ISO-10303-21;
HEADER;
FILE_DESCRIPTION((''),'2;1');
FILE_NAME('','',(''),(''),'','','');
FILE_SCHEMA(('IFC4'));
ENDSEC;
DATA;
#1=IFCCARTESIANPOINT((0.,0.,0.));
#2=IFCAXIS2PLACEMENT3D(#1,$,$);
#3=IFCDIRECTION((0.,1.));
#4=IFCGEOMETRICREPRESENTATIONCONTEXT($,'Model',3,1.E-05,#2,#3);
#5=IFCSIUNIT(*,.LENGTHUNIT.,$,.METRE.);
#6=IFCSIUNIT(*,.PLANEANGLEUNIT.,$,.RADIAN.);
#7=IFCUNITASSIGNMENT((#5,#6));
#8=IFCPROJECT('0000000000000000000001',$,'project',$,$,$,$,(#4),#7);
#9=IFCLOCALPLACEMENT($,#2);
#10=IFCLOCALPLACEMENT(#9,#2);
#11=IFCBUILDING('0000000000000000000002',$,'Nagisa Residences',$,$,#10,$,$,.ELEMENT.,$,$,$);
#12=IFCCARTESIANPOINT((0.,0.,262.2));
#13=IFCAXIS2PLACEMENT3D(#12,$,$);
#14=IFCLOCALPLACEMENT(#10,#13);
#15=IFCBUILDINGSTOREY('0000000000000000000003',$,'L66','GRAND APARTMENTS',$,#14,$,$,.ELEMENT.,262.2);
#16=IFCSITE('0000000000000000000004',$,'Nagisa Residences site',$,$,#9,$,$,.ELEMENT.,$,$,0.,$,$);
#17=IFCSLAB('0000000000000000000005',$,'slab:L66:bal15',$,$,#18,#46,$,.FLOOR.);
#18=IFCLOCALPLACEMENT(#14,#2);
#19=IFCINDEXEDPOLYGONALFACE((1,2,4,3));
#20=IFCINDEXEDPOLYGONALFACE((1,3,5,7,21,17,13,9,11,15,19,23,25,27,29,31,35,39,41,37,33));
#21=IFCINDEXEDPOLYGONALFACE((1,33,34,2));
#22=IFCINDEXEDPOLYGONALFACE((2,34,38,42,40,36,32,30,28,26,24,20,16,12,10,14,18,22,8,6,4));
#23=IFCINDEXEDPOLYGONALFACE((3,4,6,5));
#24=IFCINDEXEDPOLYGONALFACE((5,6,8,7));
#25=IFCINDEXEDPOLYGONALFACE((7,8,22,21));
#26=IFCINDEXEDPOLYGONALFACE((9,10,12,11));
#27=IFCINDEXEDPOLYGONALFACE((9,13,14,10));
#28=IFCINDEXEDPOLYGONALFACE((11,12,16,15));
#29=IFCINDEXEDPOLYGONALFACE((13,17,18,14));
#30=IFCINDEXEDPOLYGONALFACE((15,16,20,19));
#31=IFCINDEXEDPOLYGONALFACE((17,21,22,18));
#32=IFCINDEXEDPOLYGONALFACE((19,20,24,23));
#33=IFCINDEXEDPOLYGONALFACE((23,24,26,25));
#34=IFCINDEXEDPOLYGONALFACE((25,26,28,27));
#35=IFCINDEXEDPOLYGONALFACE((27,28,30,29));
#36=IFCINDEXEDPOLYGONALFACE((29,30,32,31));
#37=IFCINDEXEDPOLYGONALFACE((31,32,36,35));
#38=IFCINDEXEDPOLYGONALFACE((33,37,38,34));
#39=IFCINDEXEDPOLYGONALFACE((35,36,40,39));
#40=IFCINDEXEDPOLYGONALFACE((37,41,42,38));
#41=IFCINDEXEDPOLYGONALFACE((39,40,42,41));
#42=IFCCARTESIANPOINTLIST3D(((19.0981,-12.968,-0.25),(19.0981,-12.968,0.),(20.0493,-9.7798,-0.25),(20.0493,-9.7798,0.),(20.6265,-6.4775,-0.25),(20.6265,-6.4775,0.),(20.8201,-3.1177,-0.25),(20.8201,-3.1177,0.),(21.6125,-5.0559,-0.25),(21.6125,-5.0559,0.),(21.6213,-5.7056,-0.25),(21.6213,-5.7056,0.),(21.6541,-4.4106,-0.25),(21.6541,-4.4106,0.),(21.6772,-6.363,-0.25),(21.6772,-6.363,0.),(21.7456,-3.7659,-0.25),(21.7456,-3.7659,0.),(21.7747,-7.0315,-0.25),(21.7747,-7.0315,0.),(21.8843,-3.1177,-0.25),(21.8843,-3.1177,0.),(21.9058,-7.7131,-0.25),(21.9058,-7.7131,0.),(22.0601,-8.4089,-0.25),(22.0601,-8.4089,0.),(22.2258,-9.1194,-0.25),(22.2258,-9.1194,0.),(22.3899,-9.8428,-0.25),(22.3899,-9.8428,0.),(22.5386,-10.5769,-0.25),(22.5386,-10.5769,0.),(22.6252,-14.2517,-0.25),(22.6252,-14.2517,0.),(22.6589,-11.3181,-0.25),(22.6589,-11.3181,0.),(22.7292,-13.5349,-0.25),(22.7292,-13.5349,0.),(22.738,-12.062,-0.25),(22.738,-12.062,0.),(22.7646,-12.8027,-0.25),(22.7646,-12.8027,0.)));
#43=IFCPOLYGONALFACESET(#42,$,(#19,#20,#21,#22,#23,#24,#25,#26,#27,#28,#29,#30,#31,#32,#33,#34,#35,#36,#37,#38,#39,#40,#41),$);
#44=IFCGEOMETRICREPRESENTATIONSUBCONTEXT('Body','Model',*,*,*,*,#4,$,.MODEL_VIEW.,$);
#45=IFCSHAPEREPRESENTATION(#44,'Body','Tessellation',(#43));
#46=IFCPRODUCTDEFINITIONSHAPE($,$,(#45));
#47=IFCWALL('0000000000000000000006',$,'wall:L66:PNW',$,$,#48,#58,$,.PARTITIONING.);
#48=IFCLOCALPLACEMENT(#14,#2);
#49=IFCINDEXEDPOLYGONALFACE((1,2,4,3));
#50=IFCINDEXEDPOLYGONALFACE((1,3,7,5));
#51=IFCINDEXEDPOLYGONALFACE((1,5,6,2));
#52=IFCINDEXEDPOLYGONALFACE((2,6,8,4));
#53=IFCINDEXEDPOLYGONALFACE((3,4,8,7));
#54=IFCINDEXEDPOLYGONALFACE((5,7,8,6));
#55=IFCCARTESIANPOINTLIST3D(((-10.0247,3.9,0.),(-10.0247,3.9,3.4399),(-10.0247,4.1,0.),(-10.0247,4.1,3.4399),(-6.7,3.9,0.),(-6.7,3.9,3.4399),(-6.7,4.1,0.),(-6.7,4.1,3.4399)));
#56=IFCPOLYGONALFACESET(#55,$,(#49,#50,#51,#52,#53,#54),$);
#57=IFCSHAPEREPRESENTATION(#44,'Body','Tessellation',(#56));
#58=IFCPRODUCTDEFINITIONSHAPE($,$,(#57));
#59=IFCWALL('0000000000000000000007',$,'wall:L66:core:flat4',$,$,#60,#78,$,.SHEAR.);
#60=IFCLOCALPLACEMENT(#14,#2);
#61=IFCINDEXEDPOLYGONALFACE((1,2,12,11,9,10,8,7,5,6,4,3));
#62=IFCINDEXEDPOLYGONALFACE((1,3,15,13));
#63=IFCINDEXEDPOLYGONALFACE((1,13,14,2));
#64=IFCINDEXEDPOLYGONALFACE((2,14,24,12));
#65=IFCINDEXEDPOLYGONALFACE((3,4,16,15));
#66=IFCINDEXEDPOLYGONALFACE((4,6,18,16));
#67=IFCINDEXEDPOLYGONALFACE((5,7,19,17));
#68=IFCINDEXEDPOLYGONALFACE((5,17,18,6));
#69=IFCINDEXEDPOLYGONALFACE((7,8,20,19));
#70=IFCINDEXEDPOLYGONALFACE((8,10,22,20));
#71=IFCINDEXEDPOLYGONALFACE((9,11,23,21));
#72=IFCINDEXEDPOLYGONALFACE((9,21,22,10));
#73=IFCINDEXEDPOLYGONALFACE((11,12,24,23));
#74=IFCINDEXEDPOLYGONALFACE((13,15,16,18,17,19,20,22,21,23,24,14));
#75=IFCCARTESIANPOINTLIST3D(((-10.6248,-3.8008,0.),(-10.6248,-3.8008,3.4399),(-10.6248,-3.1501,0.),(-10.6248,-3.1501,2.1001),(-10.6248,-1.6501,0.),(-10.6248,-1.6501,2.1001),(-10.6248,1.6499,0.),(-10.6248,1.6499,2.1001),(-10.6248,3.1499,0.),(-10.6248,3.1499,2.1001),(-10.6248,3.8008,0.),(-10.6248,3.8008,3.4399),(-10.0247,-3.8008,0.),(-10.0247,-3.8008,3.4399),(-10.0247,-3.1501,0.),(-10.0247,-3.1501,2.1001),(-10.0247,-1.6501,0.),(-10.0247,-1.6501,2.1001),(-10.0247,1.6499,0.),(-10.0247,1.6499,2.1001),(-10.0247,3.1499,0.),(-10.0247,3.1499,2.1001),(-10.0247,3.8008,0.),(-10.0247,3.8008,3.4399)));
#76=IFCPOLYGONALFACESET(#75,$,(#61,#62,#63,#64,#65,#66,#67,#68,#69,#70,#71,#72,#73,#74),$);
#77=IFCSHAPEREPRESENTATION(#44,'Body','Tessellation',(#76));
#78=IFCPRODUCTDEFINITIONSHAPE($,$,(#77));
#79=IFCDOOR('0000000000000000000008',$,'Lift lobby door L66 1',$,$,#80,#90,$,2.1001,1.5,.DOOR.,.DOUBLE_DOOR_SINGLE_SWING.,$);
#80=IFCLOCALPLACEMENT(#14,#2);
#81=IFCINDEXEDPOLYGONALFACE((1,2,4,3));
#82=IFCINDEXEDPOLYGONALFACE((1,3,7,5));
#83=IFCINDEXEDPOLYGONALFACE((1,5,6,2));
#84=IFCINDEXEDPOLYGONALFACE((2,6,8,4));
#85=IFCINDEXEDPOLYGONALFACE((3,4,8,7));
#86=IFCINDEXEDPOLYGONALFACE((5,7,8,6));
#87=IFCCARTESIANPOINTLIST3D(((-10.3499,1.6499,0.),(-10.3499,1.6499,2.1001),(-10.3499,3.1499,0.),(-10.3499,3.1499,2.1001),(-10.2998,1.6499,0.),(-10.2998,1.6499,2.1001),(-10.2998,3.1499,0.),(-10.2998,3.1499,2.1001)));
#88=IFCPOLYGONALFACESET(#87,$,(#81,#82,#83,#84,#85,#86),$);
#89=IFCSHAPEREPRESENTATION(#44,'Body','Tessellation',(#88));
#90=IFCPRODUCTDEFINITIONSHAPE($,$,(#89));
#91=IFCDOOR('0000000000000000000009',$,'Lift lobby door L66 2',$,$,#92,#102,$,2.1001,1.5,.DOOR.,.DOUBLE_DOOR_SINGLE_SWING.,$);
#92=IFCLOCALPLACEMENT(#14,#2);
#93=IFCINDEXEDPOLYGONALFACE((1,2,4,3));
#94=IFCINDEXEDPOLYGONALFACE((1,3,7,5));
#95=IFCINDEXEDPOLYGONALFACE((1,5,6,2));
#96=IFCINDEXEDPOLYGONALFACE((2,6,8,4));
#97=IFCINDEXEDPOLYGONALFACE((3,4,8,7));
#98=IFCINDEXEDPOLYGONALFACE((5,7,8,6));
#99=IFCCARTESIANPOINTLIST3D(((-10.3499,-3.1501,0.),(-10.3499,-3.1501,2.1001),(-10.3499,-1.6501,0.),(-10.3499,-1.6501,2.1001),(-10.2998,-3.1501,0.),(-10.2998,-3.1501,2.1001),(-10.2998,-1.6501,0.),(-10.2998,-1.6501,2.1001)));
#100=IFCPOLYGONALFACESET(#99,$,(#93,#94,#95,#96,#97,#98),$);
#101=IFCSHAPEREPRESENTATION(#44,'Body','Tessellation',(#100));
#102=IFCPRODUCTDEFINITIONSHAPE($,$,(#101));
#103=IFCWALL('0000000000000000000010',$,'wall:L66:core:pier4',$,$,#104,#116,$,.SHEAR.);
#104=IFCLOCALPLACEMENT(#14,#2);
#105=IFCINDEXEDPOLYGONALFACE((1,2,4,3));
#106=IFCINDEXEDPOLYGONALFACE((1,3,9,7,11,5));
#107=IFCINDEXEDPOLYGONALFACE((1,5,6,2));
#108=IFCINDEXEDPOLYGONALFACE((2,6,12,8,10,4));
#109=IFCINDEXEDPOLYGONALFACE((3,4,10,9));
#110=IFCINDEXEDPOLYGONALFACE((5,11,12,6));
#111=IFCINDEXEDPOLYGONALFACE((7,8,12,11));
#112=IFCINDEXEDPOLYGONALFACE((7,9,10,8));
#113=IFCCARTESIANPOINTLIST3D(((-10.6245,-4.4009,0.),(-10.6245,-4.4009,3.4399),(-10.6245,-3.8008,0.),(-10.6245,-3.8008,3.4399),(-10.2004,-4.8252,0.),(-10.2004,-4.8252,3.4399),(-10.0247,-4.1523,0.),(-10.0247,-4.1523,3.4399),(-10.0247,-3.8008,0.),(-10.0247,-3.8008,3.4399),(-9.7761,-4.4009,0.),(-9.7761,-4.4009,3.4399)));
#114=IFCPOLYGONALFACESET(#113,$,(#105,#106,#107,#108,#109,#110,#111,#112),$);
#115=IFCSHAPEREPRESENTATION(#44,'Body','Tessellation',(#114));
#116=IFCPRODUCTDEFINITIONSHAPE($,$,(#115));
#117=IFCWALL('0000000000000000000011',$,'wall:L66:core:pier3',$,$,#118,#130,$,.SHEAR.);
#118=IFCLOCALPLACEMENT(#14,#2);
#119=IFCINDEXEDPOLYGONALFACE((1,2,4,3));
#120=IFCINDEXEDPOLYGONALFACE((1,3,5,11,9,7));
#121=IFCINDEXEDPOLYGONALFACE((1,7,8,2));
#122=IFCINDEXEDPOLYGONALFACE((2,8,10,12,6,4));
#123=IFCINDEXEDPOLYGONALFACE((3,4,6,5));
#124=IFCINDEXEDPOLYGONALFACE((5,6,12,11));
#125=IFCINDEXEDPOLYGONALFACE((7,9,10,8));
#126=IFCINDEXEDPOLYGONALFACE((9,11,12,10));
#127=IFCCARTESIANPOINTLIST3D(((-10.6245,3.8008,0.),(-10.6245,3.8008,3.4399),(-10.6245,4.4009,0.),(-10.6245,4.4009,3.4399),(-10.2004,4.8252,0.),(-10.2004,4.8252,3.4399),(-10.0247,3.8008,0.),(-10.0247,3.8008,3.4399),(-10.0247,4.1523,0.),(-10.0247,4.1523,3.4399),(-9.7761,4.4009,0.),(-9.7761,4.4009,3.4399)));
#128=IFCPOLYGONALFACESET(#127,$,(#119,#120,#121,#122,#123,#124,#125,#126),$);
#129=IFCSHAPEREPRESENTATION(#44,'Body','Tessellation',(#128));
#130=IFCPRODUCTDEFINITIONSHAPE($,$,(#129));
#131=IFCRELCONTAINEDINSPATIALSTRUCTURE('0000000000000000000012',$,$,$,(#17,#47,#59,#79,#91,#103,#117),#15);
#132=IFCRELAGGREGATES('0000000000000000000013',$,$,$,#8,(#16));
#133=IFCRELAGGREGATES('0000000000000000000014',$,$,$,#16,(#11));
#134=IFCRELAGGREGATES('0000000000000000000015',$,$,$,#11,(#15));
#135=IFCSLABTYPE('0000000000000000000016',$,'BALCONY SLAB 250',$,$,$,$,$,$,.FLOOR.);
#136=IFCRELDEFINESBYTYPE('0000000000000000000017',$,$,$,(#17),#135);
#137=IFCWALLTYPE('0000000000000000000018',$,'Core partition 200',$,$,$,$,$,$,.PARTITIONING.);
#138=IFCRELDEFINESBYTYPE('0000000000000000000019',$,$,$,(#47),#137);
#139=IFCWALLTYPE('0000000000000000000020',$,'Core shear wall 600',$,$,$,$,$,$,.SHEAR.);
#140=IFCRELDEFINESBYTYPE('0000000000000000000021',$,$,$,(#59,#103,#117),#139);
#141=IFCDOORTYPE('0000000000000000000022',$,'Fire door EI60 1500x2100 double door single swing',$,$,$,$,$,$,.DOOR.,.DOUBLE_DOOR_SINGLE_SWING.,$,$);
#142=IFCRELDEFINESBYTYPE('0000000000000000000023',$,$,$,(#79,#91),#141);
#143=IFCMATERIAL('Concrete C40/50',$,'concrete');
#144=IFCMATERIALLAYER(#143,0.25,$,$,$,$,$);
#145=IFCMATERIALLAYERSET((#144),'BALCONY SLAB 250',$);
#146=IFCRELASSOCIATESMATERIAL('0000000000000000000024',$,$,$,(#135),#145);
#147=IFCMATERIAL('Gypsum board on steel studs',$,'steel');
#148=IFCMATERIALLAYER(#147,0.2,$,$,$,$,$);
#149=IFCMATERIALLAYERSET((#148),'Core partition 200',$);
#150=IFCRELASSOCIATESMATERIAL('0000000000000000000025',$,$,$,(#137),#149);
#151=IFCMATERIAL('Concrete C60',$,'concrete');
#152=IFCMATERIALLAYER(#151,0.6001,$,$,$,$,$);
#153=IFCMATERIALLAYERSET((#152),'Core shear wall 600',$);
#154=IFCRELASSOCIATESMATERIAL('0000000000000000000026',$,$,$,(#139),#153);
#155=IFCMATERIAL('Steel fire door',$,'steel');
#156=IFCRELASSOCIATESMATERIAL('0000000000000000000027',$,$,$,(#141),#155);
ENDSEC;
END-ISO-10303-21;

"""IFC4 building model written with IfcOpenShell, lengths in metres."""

from ifc_helpers import new_model, si_unit, direction, frame, frame_2d, origin, place, context, subcontext, project, spatial, polyline, rectangle, outline, extrude, material, layer, layer_set, type_object, element, fill, save


model = new_model("IFC4")

# Units and contexts
model_context = context("Model", 3, precision=1e-05, world=origin(), true_north=direction((0.0, 1.0)))
body_context = subcontext(model_context, "Body", "Model", "MODEL_VIEW")
ifc_project = project(units=[si_unit("LENGTHUNIT", "METRE"), si_unit("PLANEANGLEUNIT", "RADIAN")], contexts=[model_context])

# Site, building, storey
site_placement = place(None, origin())
site = spatial("IfcSite", under=ifc_project, at=site_placement, Name="Nagisa Residences site", CompositionType="ELEMENT", RefElevation=0.0)
building_placement = place(site_placement, origin())
building = spatial("IfcBuilding", under=site, at=building_placement, Name="Nagisa Residences", CompositionType="ELEMENT")
storey_placement = place(building_placement, frame((0.0, 0.0, 262.2)))
storey = spatial("IfcBuildingStorey", under=building, at=storey_placement, Name="L66", Description="GRAND APARTMENTS", CompositionType="ELEMENT", Elevation=262.2)

# Slab
ifc_material_1 = material(Name="Concrete C40/50", Category="concrete")
ifc_layer_1 = layer(ifc_material_1, 0.25)
ifc_layer_set_1 = layer_set([ifc_layer_1], Name="BALCONY SLAB 250")
slab_type = type_object("IfcSlabType", Name="BALCONY SLAB 250", PredefinedType="FLOOR", material=ifc_layer_set_1)
slab_1_placement = place(storey_placement, frame((0.0, 0.0, -0.25)))
element("IfcSlab", 1, at=slab_1_placement, inside=storey, type_object=slab_type, Name="slab:L66:bal15", PredefinedType="FLOOR", context=body_context, shape_type="SweptSolid", body=[
    extrude(outline(polyline([(22.6252, -14.2517), (22.7292, -13.5349), (22.7646, -12.8027), (22.738, -12.062), (22.6589, -11.3181), (22.5386, -10.5769), (22.3899, -9.8428), (22.2258, -9.1194), (22.0601, -8.4089), (21.9058, -7.7131), (21.7747, -7.0315), (21.6772, -6.363), (21.6213, -5.7056), (21.6125, -5.0559), (21.6541, -4.4106), (21.7456, -3.7659), (21.8843, -3.1177), (20.8201, -3.1177), (20.6265, -6.4775), (20.0493, -9.7798), (19.0981, -12.968), (22.6252, -14.2517)])), origin(), (0.0, 0.0, 1.0), 0.25),
])

# Wall
ifc_material_2 = material(Name="Gypsum board on steel studs", Category="steel")
ifc_layer_2 = layer(ifc_material_2, 0.2)
ifc_layer_set_2 = layer_set([ifc_layer_2], Name="Core partition 200")
wall_type_1 = type_object("IfcWallType", Name="Core partition 200", PredefinedType="PARTITIONING", material=ifc_layer_set_2)
wall_1_placement = place(storey_placement, frame((-10.0247, 4.0, 0.0), z_axis=(0.0, 0.0, 1.0), x_axis=(1.0, 0.0, 0.0)))
element("IfcWall", 2, at=wall_1_placement, inside=storey, type_object=wall_type_1, Name="wall:L66:PNW", PredefinedType="PARTITIONING", context=body_context, shape_type="SweptSolid", body=[
    extrude(rectangle(XDim=3.3247, YDim=0.2, at=frame_2d((1.6624, 0.0))), origin(), (0.0, 0.0, 1.0), 3.4399),
])

# Wall, openings, doors
ifc_material_3 = material(Name="Concrete C60", Category="concrete")
ifc_layer_3 = layer(ifc_material_3, 0.6001)
ifc_layer_set_3 = layer_set([ifc_layer_3], Name="Core shear wall 600")
wall_type_2 = type_object("IfcWallType", Name="Core shear wall 600", PredefinedType="SHEAR", material=ifc_layer_set_3)
wall_2_placement = place(storey_placement, frame((-10.3247, 3.8008, 0.0), z_axis=(0.0, 0.0, 1.0), x_axis=(0.0, -1.0, 0.0)))
wall_2 = element("IfcWall", 3, at=wall_2_placement, inside=storey, type_object=wall_type_2, Name="wall:L66:core:flat4", PredefinedType="SHEAR", context=body_context, shape_type="SweptSolid", body=[
    extrude(rectangle(XDim=7.6016, YDim=0.6001, at=frame_2d((3.8008, 0.0))), origin(), (0.0, 0.0, 1.0), 3.4399),
])
opening_1_placement = place(wall_2_placement, frame((0.6509, 0.0, 0.0)))
opening_1 = element("IfcOpeningElement", 4, at=opening_1_placement, cuts=wall_2, PredefinedType="OPENING", context=body_context, shape_type="SweptSolid", body=[
    extrude(rectangle(XDim=1.5, YDim=2.1001, at=frame_2d((0.75, 1.05))), frame((0.0, 0.3101, 0.0), z_axis=(0.0, -1.0, 0.0), x_axis=(1.0, 0.0, 0.0)), (0.0, 0.0, 1.0), 0.6201),
])
opening_2_placement = place(wall_2_placement, frame((5.4509, 0.0, 0.0)))
opening_2 = element("IfcOpeningElement", 5, at=opening_2_placement, cuts=wall_2, PredefinedType="OPENING", context=body_context, shape_type="SweptSolid", body=[
    extrude(rectangle(XDim=1.5, YDim=2.1001, at=frame_2d((0.75, 1.05))), frame((0.0, 0.3101, 0.0), z_axis=(0.0, -1.0, 0.0), x_axis=(1.0, 0.0, 0.0)), (0.0, 0.0, 1.0), 0.6201),
])
ifc_material_4 = material(Name="Steel fire door", Category="steel")
door_type_1 = type_object("IfcDoorType", Name="Fire door EI60 1500x2100 double door single swing", OperationType="DOUBLE_DOOR_SINGLE_SWING", PredefinedType="DOOR", material=ifc_material_4)
door_1_placement = place(opening_1_placement, origin())
door_1 = element("IfcDoor", 6, at=door_1_placement, inside=storey, type_object=door_type_1, Name="Lift lobby door L66 1", OperationType="DOUBLE_DOOR_SINGLE_SWING", OverallHeight=2.1001, OverallWidth=1.5, PredefinedType="DOOR", context=body_context, shape_type="SweptSolid", body=[
    extrude(rectangle(XDim=1.5, YDim=2.1001, at=frame_2d((0.75, 1.05))), frame((0.0, 0.0249, 0.0), z_axis=(0.0, -1.0, 0.0), x_axis=(1.0, 0.0, 0.0)), (0.0, 0.0, 1.0), 0.05),
])
fill(opening_1, door_1)
door_2_placement = place(opening_2_placement, origin())
door_2 = element("IfcDoor", 7, at=door_2_placement, inside=storey, type_object=door_type_1, Name="Lift lobby door L66 2", OperationType="DOUBLE_DOOR_SINGLE_SWING", OverallHeight=2.1001, OverallWidth=1.5, PredefinedType="DOOR", context=body_context, shape_type="SweptSolid", body=[
    extrude(rectangle(XDim=1.5, YDim=2.1001, at=frame_2d((0.75, 1.05))), frame((0.0, 0.0249, 0.0), z_axis=(0.0, -1.0, 0.0), x_axis=(1.0, 0.0, 0.0)), (0.0, 0.0, 1.0), 0.05),
])
fill(opening_2, door_2)

# Walls
wall_3_placement = place(storey_placement, origin())
element("IfcWall", 8, at=wall_3_placement, inside=storey, type_object=wall_type_2, Name="wall:L66:core:pier4", PredefinedType="SHEAR", context=body_context, shape_type="SweptSolid", body=[
    extrude(outline(polyline([(-10.6245, -3.8008), (-10.0247, -3.8008), (-10.0247, -4.1523), (-9.7761, -4.4009), (-10.2004, -4.8252), (-10.6245, -4.4009), (-10.6245, -3.8008)])), origin(), (0.0, 0.0, 1.0), 3.4399),
])
wall_4_placement = place(storey_placement, origin())
element("IfcWall", 9, at=wall_4_placement, inside=storey, type_object=wall_type_2, Name="wall:L66:core:pier3", PredefinedType="SHEAR", context=body_context, shape_type="SweptSolid", body=[
    extrude(outline(polyline([(-10.2004, 4.8252), (-9.7761, 4.4009), (-10.0247, 4.1523), (-10.0247, 3.8008), (-10.6245, 3.8008), (-10.6245, 4.4009), (-10.2004, 4.8252)])), origin(), (0.0, 0.0, 1.0), 3.4399),
])

save(model, "model.ifc")
